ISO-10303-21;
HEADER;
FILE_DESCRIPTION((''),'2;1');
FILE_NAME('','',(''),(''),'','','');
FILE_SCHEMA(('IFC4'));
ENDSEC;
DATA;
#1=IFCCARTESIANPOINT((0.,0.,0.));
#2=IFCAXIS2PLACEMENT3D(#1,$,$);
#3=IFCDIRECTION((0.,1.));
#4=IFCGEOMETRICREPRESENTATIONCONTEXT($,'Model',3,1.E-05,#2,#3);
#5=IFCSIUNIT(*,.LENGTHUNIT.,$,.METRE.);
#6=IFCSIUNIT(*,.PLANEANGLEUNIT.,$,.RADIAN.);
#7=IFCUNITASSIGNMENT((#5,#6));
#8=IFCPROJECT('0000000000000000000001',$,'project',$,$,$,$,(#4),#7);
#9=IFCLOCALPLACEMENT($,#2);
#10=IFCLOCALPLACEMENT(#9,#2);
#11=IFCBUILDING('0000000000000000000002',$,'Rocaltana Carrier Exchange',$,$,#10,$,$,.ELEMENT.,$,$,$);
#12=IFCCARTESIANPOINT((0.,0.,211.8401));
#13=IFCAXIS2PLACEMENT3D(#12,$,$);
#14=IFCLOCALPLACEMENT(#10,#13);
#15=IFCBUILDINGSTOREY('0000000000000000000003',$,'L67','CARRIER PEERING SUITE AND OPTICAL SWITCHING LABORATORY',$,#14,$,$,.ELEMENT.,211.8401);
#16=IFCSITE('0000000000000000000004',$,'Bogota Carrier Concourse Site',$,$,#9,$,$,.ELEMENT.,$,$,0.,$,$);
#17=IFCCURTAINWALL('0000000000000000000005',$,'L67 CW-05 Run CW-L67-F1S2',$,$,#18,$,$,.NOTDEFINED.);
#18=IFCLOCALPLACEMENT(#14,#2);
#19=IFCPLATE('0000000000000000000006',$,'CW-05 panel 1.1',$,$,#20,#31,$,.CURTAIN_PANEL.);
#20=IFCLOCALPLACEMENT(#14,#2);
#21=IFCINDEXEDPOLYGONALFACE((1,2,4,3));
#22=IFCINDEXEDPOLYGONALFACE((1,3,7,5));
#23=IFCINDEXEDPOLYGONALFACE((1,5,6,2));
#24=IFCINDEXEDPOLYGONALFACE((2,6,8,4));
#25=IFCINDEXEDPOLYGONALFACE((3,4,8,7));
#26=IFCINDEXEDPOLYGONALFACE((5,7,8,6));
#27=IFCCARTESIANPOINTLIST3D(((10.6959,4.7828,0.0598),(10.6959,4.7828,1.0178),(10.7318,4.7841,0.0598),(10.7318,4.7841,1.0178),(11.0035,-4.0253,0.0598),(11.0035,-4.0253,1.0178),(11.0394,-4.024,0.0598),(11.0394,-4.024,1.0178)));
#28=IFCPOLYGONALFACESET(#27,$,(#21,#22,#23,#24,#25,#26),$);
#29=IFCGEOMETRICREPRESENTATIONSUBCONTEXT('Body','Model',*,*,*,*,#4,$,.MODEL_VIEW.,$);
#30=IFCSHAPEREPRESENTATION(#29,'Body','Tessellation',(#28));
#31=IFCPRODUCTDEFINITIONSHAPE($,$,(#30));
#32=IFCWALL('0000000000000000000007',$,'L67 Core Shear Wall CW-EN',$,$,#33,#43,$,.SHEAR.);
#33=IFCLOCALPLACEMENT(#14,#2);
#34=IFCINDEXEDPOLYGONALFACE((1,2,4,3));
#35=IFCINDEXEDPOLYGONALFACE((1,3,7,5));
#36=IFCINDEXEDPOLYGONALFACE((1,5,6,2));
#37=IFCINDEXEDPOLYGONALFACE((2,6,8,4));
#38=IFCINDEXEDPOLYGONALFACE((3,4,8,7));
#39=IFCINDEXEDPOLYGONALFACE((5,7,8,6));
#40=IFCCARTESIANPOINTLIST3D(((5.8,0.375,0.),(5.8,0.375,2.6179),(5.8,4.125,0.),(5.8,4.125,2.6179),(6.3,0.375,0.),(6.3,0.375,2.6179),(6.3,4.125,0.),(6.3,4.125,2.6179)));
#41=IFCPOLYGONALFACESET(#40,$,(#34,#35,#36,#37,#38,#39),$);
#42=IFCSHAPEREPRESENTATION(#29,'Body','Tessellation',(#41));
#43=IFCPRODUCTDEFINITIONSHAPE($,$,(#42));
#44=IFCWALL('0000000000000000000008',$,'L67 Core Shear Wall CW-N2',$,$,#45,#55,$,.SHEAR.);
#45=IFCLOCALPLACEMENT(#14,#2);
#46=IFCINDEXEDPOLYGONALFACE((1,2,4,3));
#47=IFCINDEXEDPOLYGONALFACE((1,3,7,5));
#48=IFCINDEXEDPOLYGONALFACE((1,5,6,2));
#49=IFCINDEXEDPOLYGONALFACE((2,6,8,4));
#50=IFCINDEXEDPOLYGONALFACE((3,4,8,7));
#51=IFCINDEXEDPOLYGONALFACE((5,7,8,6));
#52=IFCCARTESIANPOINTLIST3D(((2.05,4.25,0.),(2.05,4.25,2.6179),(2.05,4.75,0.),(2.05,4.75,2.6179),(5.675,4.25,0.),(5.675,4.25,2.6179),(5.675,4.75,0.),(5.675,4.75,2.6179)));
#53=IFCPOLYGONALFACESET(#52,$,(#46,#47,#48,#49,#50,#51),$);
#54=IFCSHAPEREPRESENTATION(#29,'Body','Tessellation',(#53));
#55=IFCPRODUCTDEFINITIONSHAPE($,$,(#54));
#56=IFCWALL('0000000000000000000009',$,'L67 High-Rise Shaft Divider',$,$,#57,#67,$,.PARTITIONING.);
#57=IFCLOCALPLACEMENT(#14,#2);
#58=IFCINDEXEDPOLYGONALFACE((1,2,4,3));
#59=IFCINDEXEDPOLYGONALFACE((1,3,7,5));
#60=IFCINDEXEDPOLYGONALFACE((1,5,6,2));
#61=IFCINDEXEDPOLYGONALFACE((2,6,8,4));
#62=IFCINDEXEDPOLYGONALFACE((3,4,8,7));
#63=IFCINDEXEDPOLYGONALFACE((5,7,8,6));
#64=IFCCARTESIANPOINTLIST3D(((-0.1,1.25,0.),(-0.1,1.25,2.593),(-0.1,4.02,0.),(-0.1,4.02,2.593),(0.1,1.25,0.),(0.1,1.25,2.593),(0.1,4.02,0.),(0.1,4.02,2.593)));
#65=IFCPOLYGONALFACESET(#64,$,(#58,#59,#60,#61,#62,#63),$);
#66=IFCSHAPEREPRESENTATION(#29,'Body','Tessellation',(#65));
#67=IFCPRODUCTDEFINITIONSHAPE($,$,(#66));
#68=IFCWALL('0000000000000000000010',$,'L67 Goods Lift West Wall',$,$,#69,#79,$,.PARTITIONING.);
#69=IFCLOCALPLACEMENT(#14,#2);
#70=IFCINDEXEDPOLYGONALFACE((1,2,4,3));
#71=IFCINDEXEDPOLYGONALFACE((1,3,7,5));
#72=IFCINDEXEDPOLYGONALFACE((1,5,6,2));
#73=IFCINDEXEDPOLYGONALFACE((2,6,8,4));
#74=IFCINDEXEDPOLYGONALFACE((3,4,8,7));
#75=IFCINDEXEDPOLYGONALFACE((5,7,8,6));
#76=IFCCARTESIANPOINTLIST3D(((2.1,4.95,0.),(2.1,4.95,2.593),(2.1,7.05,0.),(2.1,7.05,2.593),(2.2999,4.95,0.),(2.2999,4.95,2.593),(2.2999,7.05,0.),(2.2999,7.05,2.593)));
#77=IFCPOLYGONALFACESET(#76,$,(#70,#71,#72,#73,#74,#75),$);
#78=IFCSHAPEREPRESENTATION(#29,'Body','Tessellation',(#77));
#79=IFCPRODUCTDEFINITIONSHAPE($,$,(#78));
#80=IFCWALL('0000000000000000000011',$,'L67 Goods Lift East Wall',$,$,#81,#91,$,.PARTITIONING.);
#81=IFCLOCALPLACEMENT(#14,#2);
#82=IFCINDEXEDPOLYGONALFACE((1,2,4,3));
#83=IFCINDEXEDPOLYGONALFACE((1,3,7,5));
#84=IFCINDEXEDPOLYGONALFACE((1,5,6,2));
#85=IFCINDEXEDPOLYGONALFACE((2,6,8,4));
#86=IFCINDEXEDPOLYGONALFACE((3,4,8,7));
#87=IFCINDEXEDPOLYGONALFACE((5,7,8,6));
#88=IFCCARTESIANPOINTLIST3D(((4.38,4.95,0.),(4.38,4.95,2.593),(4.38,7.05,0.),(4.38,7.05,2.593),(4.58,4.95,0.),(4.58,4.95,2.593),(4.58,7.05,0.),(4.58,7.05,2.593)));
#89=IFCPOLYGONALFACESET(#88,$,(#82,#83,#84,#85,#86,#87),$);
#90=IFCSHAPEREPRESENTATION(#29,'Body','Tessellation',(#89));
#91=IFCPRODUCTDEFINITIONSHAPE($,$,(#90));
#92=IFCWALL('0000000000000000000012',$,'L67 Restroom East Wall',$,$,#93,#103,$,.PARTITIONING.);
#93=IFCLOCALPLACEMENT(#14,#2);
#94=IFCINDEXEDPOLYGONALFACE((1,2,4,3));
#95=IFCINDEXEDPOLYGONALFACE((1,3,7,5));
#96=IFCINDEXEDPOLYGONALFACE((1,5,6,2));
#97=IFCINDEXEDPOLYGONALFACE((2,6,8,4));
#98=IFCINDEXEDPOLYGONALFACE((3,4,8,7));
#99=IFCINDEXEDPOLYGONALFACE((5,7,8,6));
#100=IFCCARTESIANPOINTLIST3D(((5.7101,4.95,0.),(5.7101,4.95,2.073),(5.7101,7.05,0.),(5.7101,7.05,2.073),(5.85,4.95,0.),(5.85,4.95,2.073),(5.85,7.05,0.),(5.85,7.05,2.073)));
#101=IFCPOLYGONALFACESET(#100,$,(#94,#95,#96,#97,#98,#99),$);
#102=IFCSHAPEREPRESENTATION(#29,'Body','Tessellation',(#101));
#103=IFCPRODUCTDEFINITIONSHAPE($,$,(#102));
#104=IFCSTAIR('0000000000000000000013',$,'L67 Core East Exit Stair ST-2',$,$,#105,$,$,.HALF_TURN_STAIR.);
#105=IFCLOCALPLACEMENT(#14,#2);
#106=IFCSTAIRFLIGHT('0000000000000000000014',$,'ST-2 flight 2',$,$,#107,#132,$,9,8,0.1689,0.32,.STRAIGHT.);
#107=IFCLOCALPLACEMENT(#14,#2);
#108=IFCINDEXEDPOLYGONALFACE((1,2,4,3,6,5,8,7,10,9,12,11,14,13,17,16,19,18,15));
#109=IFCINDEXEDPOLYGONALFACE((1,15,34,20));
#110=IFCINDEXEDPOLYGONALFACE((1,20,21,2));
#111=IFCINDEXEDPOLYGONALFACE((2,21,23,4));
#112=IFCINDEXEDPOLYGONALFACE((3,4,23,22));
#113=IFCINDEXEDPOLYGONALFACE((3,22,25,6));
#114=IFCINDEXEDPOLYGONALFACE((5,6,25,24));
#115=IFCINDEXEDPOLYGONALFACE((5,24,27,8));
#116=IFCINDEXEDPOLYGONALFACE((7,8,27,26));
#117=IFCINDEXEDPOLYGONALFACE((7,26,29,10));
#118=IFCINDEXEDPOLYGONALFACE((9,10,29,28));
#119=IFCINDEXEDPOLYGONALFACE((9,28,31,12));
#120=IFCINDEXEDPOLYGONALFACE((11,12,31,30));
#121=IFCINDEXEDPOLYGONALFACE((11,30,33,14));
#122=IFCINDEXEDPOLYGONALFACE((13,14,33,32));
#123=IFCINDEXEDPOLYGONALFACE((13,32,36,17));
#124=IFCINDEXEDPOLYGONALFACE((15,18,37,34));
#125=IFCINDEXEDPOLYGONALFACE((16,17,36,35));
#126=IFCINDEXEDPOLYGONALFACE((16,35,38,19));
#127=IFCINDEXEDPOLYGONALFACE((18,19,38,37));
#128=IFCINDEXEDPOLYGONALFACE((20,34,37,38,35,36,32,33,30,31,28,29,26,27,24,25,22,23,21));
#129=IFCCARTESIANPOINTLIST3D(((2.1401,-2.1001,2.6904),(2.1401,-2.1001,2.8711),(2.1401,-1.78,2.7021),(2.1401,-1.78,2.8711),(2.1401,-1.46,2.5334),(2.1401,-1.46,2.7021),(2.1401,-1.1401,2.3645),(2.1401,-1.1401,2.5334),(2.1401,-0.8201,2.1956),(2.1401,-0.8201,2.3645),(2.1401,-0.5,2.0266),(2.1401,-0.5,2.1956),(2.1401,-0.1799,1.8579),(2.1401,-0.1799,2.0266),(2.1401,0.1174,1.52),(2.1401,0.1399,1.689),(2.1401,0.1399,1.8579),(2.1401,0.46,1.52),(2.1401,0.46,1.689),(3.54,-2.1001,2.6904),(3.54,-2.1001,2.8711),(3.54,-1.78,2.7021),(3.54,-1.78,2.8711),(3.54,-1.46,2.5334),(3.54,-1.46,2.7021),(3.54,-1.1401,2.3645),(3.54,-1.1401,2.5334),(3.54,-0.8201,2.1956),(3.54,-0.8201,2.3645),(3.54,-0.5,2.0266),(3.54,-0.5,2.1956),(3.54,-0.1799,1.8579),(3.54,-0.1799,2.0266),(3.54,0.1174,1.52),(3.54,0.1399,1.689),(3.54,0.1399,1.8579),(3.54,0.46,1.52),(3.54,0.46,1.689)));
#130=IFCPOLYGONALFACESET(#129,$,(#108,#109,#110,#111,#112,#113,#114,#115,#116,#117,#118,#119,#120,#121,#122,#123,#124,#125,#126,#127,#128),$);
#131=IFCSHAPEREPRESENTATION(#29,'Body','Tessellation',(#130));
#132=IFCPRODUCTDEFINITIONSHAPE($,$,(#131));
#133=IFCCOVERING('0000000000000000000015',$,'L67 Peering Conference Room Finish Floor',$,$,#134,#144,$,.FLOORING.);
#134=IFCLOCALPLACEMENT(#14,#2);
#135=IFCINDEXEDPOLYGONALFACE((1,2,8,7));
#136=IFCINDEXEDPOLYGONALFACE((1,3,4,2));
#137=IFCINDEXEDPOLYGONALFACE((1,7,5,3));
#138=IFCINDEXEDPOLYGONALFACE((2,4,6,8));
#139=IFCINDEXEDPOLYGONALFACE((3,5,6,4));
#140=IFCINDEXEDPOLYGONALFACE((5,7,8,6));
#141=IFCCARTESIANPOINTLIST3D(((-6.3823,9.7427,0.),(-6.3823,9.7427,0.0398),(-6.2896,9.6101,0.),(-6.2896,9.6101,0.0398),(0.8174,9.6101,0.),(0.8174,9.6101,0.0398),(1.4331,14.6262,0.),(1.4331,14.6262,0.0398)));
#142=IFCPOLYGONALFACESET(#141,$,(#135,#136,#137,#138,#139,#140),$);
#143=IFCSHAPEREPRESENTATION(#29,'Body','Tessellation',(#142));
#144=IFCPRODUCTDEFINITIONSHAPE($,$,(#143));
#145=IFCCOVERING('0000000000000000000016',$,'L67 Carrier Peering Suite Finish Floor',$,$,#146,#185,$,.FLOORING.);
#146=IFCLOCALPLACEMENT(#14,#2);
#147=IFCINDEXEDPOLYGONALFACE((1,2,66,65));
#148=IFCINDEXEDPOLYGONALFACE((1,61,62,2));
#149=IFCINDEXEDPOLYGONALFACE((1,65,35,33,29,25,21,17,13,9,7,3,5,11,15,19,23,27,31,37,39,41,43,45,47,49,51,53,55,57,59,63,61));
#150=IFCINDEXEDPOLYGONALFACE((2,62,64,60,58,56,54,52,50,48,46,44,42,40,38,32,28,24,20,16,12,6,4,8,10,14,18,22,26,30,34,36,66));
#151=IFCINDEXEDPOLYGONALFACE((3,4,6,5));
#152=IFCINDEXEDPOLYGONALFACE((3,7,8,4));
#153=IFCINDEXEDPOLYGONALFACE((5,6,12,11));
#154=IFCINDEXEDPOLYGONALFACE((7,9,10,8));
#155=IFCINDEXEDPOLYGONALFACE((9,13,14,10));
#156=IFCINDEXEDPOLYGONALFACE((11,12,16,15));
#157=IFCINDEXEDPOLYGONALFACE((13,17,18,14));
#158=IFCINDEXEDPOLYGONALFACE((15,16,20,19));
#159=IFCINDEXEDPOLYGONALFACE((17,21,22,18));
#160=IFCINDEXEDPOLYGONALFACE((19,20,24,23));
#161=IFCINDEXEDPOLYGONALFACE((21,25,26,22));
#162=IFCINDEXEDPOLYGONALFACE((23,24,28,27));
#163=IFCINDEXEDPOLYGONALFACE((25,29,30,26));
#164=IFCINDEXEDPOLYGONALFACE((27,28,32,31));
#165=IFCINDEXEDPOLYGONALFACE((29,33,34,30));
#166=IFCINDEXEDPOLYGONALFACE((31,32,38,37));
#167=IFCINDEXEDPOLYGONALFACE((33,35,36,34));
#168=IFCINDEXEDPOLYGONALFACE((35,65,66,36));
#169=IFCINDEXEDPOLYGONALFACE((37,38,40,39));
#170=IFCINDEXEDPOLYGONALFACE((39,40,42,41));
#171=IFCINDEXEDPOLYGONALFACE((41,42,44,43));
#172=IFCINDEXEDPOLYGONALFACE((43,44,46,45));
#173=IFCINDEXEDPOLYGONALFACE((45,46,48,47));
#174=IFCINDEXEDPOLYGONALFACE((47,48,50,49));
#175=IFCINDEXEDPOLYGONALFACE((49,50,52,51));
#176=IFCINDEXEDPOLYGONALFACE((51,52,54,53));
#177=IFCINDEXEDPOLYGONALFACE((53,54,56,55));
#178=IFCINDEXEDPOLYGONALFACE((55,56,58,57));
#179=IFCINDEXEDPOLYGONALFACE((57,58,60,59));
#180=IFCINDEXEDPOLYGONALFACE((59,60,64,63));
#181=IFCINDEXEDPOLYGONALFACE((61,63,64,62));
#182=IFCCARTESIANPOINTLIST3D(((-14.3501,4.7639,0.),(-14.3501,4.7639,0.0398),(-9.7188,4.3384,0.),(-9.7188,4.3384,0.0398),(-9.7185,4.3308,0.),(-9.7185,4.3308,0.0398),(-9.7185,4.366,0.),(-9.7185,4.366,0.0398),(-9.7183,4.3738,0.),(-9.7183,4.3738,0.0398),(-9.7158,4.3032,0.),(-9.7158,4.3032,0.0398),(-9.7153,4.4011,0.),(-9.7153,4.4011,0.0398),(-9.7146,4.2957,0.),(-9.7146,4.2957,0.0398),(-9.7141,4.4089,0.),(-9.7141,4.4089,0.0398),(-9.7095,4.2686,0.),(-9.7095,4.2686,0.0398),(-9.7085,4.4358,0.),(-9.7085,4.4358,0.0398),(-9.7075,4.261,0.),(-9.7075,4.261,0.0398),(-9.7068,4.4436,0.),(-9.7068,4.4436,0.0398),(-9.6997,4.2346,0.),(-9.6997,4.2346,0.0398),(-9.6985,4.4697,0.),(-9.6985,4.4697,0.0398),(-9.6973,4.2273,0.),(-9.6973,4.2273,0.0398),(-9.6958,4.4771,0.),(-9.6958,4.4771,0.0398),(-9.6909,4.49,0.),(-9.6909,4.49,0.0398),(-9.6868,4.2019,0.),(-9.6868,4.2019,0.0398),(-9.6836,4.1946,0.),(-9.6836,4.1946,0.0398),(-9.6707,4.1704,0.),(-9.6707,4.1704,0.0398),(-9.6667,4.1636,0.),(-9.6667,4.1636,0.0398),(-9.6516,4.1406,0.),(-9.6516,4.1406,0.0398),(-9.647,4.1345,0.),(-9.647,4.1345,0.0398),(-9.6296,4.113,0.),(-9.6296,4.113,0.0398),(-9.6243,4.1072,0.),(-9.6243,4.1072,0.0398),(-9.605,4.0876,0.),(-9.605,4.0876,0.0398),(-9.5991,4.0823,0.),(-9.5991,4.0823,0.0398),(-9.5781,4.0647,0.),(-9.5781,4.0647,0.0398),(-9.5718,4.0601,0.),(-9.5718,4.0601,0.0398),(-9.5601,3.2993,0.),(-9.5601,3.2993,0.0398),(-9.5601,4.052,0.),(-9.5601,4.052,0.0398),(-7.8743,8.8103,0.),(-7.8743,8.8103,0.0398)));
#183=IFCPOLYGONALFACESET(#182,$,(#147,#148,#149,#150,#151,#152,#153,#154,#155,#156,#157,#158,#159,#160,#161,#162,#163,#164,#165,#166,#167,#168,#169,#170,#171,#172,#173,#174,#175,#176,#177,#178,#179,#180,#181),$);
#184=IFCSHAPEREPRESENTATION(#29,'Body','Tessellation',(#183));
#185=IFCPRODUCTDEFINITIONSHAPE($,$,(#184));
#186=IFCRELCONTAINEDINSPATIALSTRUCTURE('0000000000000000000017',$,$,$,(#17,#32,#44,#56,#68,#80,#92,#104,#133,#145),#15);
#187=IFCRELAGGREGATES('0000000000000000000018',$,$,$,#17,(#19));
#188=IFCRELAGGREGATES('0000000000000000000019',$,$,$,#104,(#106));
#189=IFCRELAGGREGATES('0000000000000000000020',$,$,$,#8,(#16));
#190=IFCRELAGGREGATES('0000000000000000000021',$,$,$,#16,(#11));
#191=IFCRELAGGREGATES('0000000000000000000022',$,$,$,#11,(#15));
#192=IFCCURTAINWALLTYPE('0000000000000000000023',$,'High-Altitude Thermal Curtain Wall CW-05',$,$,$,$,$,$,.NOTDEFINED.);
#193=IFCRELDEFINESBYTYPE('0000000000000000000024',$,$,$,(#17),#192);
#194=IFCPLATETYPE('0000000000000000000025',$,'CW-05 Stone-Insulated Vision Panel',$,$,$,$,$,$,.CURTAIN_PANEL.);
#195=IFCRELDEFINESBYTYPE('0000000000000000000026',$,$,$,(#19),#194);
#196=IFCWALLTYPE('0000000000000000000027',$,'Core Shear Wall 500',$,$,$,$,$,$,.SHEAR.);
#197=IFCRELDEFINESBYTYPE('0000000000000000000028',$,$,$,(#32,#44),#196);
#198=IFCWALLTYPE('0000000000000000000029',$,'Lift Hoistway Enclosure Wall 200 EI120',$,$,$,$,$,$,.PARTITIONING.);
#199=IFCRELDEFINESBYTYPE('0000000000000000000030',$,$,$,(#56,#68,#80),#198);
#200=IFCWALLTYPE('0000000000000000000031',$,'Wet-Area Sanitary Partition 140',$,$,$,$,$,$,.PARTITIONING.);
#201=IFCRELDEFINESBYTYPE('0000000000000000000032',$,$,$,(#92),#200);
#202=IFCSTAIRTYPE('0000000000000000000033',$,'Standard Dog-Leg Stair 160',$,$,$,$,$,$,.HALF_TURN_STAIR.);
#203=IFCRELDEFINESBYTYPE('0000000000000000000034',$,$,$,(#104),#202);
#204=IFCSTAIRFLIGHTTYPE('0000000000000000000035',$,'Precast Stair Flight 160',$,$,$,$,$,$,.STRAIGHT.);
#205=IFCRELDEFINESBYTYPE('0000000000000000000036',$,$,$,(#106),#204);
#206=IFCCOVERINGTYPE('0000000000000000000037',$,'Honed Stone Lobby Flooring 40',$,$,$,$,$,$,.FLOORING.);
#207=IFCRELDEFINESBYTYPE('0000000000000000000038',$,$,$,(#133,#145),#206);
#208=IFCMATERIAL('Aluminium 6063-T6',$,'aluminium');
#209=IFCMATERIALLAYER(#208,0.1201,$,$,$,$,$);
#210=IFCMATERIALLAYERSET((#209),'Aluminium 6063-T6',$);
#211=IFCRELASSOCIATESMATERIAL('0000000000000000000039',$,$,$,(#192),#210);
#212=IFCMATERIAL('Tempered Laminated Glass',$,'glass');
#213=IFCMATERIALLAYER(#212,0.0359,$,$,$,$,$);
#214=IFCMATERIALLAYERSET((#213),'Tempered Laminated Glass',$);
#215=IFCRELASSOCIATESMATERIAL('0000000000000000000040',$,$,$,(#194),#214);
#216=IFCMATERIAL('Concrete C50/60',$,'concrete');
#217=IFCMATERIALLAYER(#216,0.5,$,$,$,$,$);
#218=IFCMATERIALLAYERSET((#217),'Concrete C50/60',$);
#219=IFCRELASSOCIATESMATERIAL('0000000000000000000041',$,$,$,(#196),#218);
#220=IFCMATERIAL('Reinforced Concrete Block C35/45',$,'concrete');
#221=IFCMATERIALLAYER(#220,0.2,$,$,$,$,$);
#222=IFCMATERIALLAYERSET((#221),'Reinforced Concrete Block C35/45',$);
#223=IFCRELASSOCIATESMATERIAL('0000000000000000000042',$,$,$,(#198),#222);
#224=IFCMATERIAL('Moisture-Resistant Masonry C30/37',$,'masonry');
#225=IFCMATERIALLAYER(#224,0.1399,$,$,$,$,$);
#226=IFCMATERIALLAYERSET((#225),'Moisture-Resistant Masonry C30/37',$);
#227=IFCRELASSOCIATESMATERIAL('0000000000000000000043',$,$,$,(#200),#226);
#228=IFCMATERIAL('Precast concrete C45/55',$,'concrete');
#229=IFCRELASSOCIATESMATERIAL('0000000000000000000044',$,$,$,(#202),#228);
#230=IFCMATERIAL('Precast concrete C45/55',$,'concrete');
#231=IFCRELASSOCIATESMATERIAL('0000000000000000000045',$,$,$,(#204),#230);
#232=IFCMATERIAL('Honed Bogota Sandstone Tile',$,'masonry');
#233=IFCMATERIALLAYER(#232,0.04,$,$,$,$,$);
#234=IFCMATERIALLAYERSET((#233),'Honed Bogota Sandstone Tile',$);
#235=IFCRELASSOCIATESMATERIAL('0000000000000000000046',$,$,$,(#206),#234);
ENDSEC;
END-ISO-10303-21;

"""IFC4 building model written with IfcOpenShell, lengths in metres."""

from ifc_helpers import new_model, si_unit, direction, frame, frame_2d, origin, origin_2d, place, context, subcontext, project, spatial, polyline, rectangle, outline, extrude, material, layer, layer_set, type_object, element, aggregate, save


model = new_model("IFC4")

# Units and contexts
model_context = context("Model", 3, precision=1e-05, world=origin(), true_north=direction((0.0, 1.0)))
body_context = subcontext(model_context, "Body", "Model", "MODEL_VIEW")
ifc_project = project(units=[si_unit("LENGTHUNIT", "METRE"), si_unit("PLANEANGLEUNIT", "RADIAN")], contexts=[model_context])

# Site, building, storey
site_placement = place(None, origin())
site = spatial("IfcSite", under=ifc_project, at=site_placement, Name="Bogota Carrier Concourse Site", CompositionType="ELEMENT", RefElevation=0.0)
building_placement = place(site_placement, origin())
building = spatial("IfcBuilding", under=site, at=building_placement, Name="Rocaltana Carrier Exchange", CompositionType="ELEMENT")
storey_placement = place(building_placement, frame((0.0, 0.0, 211.8401)))
storey = spatial("IfcBuildingStorey", under=building, at=storey_placement, Name="L67", Description="CARRIER PEERING SUITE AND OPTICAL SWITCHING LABORATORY", CompositionType="ELEMENT", Elevation=211.8401)

# Curtain wall
ifc_material_1 = material(Name="Aluminium 6063-T6", Category="aluminium")
ifc_layer_1 = layer(ifc_material_1, 0.1201)
ifc_layer_set_1 = layer_set([ifc_layer_1], Name="Aluminium 6063-T6")
curtain_wall_type = type_object("IfcCurtainWallType", Name="High-Altitude Thermal Curtain Wall CW-05", PredefinedType="NOTDEFINED", material=ifc_layer_set_1)
curtain_wall_placement = place(storey_placement, origin())
curtain_wall = element("IfcCurtainWall", 1, at=curtain_wall_placement, inside=storey, type_object=curtain_wall_type, Name="L67 CW-05 Run CW-L67-F1S2", PredefinedType="NOTDEFINED")

# Plate
ifc_material_2 = material(Name="Tempered Laminated Glass", Category="glass")
ifc_layer_2 = layer(ifc_material_2, 0.0359)
ifc_layer_set_2 = layer_set([ifc_layer_2], Name="Tempered Laminated Glass")
plate_type = type_object("IfcPlateType", Name="CW-05 Stone-Insulated Vision Panel", PredefinedType="CURTAIN_PANEL", material=ifc_layer_set_2)
plate_placement = place(storey_placement, frame((10.8677, 0.3794, 0.0598), z_axis=(0.0, 0.0, 1.0), x_axis=(-0.034903, 0.999391, 0.0)))
plate = element("IfcPlate", 2, at=plate_placement, type_object=plate_type, Name="CW-05 panel 1.1", PredefinedType="CURTAIN_PANEL", context=body_context, shape_type="SweptSolid", body=[
    extrude(rectangle(XDim=8.8135, YDim=0.0359, at=origin_2d()), origin(), (0.0, 0.0, 1.0), 0.958),
])
aggregate(curtain_wall, [plate])

# Walls
ifc_material_3 = material(Name="Concrete C50/60", Category="concrete")
ifc_layer_3 = layer(ifc_material_3, 0.5)
ifc_layer_set_3 = layer_set([ifc_layer_3], Name="Concrete C50/60")
wall_type_1 = type_object("IfcWallType", Name="Core Shear Wall 500", PredefinedType="SHEAR", material=ifc_layer_set_3)
wall_1_placement = place(storey_placement, frame((6.05, 0.375, 0.0), z_axis=(0.0, 0.0, 1.0), x_axis=(0.0, 1.0, 0.0)))
element("IfcWall", 3, at=wall_1_placement, inside=storey, type_object=wall_type_1, Name="L67 Core Shear Wall CW-EN", PredefinedType="SHEAR", context=body_context, shape_type="SweptSolid", body=[
    extrude(rectangle(XDim=3.75, YDim=0.5, at=frame_2d((1.875, 0.0))), origin(), (0.0, 0.0, 1.0), 2.6179),
])
wall_2_placement = place(storey_placement, frame((2.05, 4.5, 0.0), z_axis=(0.0, 0.0, 1.0), x_axis=(1.0, 0.0, 0.0)))
element("IfcWall", 4, at=wall_2_placement, inside=storey, type_object=wall_type_1, Name="L67 Core Shear Wall CW-N2", PredefinedType="SHEAR", context=body_context, shape_type="SweptSolid", body=[
    extrude(rectangle(XDim=3.625, YDim=0.5, at=frame_2d((1.8125, 0.0))), origin(), (0.0, 0.0, 1.0), 2.6179),
])
ifc_material_4 = material(Name="Reinforced Concrete Block C35/45", Category="concrete")
ifc_layer_4 = layer(ifc_material_4, 0.2)
ifc_layer_set_4 = layer_set([ifc_layer_4], Name="Reinforced Concrete Block C35/45")
wall_type_2 = type_object("IfcWallType", Name="Lift Hoistway Enclosure Wall 200 EI120", PredefinedType="PARTITIONING", material=ifc_layer_set_4)
wall_3_placement = place(storey_placement, frame((0.0, 1.25, 0.0), z_axis=(0.0, 0.0, 1.0), x_axis=(0.0, 1.0, 0.0)))
element("IfcWall", 5, at=wall_3_placement, inside=storey, type_object=wall_type_2, Name="L67 High-Rise Shaft Divider", PredefinedType="PARTITIONING", context=body_context, shape_type="SweptSolid", body=[
    extrude(rectangle(XDim=2.77, YDim=0.2, at=frame_2d((1.385, 0.0))), origin(), (0.0, 0.0, 1.0), 2.593),
])
for number, where, z_axis, x_axis, name in (
    (6, (2.2, 4.95, 0.0), (0.0, 0.0, 1.0), (0.0, 1.0, 0.0), "L67 Goods Lift West Wall"),
    (7, (4.48, 4.95, 0.0), (0.0, 0.0, 1.0), (0.0, 1.0, 0.0), "L67 Goods Lift East Wall"),
):
    element("IfcWall", number, at=place(storey_placement, frame(where, z_axis=z_axis, x_axis=x_axis)), inside=storey, type_object=wall_type_2, Name=name, PredefinedType="PARTITIONING", context=body_context, shape_type="SweptSolid", body=[
        extrude(rectangle(XDim=2.1001, YDim=0.2, at=frame_2d((1.05, 0.0))), origin(), (0.0, 0.0, 1.0), 2.593),
    ])
ifc_material_5 = material(Name="Moisture-Resistant Masonry C30/37", Category="masonry")
ifc_layer_5 = layer(ifc_material_5, 0.1399)
ifc_layer_set_5 = layer_set([ifc_layer_5], Name="Moisture-Resistant Masonry C30/37")
wall_type_3 = type_object("IfcWallType", Name="Wet-Area Sanitary Partition 140", PredefinedType="PARTITIONING", material=ifc_layer_set_5)
wall_4_placement = place(storey_placement, frame((5.78, 4.95, 0.0), z_axis=(0.0, 0.0, 1.0), x_axis=(0.0, 1.0, 0.0)))
element("IfcWall", 8, at=wall_4_placement, inside=storey, type_object=wall_type_3, Name="L67 Restroom East Wall", PredefinedType="PARTITIONING", context=body_context, shape_type="SweptSolid", body=[
    extrude(rectangle(XDim=2.1001, YDim=0.1399, at=frame_2d((1.05, 0.0))), origin(), (0.0, 0.0, 1.0), 2.073),
])

# Stair, stair flight
ifc_material_6 = material(Name="Precast concrete C45/55", Category="concrete")
stair_type = type_object("IfcStairType", Name="Standard Dog-Leg Stair 160", PredefinedType="HALF_TURN_STAIR", material=ifc_material_6)
stair_placement = place(storey_placement, origin())
stair = element("IfcStair", 9, at=stair_placement, inside=storey, type_object=stair_type, Name="L67 Core East Exit Stair ST-2", PredefinedType="HALF_TURN_STAIR")
ifc_material_7 = material(Name="Precast concrete C45/55", Category="concrete")
stair_flight_type = type_object("IfcStairFlightType", Name="Precast Stair Flight 160", PredefinedType="STRAIGHT", material=ifc_material_7)
stair_flight_placement = place(storey_placement, frame((2.8401, 0.46, 1.52), z_axis=(0.0, 0.0, 1.0), x_axis=(0.0, -1.0, 0.0)))
stair_flight = element("IfcStairFlight", 10, at=stair_flight_placement, type_object=stair_flight_type, Name="ST-2 flight 2", NumberOfRisers=9, NumberOfTreads=8, PredefinedType="STRAIGHT", RiserHeight=0.1689, TreadLength=0.32, context=body_context, shape_type="SweptSolid", body=[
    extrude(outline(polyline([(0.0, 0.0), (0.0, 0.1689), (0.3201, 0.1689), (0.3201, 0.3379), (0.6399, 0.3379), (0.6399, 0.5066), (0.96, 0.5066), (0.96, 0.6755), (1.28, 0.6755), (1.28, 0.8445), (1.6001, 0.8445), (1.6001, 1.0134), (1.9199, 1.0134), (1.9199, 1.1821), (2.24, 1.1821), (2.24, 1.3511), (2.5601, 1.3511), (2.5601, 1.52), (2.5601, 1.1704), (0.3425, 0.0), (0.0, 0.0)])), frame((0.0, 0.7, 0.0), z_axis=(0.0, -1.0, 0.0), x_axis=(1.0, 0.0, 0.0)), (0.0, 0.0, 1.0), 1.3999),
])
aggregate(stair, [stair_flight])

# Coverings
ifc_material_8 = material(Name="Honed Bogota Sandstone Tile", Category="masonry")
ifc_layer_6 = layer(ifc_material_8, 0.04)
ifc_layer_set_6 = layer_set([ifc_layer_6], Name="Honed Bogota Sandstone Tile")
covering_type_1 = type_object("IfcCoveringType", Name="Honed Stone Lobby Flooring 40", PredefinedType="FLOORING", material=ifc_layer_set_6)
covering_1_placement = place(storey_placement, origin())
element("IfcCovering", 11, at=covering_1_placement, inside=storey, type_object=covering_type_1, Name="L67 Peering Conference Room Finish Floor", PredefinedType="FLOORING", context=body_context, shape_type="SweptSolid", body=[
    extrude(outline(polyline([(1.4331, 14.6262), (0.8174, 9.6101), (-6.2896, 9.6101), (-6.3823, 9.7427), (1.4331, 14.6262)])), origin(), (0.0, 0.0, 1.0), 0.0398),
])
covering_2_placement = place(storey_placement, origin())
element("IfcCovering", 12, at=covering_2_placement, inside=storey, type_object=covering_type_1, Name="L67 Carrier Peering Suite Finish Floor", PredefinedType="FLOORING", context=body_context, shape_type="SweptSolid", body=[
    extrude(outline(polyline([(-9.5601, 4.052), (-9.5601, 3.2993), (-14.3501, 4.7639), (-7.8743, 8.8103), (-9.6909, 4.49), (-9.6958, 4.4771), (-9.6985, 4.4697), (-9.7068, 4.4436), (-9.7085, 4.4358), (-9.7141, 4.4089), (-9.7153, 4.4011), (-9.7183, 4.3738), (-9.7185, 4.366), (-9.7188, 4.3384), (-9.7185, 4.3308), (-9.7158, 4.3032), (-9.7146, 4.2957), (-9.7095, 4.2686), (-9.7075, 4.261), (-9.6997, 4.2346), (-9.6973, 4.2273), (-9.6868, 4.2019), (-9.6836, 4.1946), (-9.6707, 4.1704), (-9.6667, 4.1636), (-9.6516, 4.1406), (-9.647, 4.1345), (-9.6296, 4.113), (-9.6243, 4.1072), (-9.605, 4.0876), (-9.5991, 4.0823), (-9.5781, 4.0647), (-9.5718, 4.0601), (-9.5601, 4.052)])), origin(), (0.0, 0.0, 1.0), 0.0398),
])

save(model, "model.ifc")
